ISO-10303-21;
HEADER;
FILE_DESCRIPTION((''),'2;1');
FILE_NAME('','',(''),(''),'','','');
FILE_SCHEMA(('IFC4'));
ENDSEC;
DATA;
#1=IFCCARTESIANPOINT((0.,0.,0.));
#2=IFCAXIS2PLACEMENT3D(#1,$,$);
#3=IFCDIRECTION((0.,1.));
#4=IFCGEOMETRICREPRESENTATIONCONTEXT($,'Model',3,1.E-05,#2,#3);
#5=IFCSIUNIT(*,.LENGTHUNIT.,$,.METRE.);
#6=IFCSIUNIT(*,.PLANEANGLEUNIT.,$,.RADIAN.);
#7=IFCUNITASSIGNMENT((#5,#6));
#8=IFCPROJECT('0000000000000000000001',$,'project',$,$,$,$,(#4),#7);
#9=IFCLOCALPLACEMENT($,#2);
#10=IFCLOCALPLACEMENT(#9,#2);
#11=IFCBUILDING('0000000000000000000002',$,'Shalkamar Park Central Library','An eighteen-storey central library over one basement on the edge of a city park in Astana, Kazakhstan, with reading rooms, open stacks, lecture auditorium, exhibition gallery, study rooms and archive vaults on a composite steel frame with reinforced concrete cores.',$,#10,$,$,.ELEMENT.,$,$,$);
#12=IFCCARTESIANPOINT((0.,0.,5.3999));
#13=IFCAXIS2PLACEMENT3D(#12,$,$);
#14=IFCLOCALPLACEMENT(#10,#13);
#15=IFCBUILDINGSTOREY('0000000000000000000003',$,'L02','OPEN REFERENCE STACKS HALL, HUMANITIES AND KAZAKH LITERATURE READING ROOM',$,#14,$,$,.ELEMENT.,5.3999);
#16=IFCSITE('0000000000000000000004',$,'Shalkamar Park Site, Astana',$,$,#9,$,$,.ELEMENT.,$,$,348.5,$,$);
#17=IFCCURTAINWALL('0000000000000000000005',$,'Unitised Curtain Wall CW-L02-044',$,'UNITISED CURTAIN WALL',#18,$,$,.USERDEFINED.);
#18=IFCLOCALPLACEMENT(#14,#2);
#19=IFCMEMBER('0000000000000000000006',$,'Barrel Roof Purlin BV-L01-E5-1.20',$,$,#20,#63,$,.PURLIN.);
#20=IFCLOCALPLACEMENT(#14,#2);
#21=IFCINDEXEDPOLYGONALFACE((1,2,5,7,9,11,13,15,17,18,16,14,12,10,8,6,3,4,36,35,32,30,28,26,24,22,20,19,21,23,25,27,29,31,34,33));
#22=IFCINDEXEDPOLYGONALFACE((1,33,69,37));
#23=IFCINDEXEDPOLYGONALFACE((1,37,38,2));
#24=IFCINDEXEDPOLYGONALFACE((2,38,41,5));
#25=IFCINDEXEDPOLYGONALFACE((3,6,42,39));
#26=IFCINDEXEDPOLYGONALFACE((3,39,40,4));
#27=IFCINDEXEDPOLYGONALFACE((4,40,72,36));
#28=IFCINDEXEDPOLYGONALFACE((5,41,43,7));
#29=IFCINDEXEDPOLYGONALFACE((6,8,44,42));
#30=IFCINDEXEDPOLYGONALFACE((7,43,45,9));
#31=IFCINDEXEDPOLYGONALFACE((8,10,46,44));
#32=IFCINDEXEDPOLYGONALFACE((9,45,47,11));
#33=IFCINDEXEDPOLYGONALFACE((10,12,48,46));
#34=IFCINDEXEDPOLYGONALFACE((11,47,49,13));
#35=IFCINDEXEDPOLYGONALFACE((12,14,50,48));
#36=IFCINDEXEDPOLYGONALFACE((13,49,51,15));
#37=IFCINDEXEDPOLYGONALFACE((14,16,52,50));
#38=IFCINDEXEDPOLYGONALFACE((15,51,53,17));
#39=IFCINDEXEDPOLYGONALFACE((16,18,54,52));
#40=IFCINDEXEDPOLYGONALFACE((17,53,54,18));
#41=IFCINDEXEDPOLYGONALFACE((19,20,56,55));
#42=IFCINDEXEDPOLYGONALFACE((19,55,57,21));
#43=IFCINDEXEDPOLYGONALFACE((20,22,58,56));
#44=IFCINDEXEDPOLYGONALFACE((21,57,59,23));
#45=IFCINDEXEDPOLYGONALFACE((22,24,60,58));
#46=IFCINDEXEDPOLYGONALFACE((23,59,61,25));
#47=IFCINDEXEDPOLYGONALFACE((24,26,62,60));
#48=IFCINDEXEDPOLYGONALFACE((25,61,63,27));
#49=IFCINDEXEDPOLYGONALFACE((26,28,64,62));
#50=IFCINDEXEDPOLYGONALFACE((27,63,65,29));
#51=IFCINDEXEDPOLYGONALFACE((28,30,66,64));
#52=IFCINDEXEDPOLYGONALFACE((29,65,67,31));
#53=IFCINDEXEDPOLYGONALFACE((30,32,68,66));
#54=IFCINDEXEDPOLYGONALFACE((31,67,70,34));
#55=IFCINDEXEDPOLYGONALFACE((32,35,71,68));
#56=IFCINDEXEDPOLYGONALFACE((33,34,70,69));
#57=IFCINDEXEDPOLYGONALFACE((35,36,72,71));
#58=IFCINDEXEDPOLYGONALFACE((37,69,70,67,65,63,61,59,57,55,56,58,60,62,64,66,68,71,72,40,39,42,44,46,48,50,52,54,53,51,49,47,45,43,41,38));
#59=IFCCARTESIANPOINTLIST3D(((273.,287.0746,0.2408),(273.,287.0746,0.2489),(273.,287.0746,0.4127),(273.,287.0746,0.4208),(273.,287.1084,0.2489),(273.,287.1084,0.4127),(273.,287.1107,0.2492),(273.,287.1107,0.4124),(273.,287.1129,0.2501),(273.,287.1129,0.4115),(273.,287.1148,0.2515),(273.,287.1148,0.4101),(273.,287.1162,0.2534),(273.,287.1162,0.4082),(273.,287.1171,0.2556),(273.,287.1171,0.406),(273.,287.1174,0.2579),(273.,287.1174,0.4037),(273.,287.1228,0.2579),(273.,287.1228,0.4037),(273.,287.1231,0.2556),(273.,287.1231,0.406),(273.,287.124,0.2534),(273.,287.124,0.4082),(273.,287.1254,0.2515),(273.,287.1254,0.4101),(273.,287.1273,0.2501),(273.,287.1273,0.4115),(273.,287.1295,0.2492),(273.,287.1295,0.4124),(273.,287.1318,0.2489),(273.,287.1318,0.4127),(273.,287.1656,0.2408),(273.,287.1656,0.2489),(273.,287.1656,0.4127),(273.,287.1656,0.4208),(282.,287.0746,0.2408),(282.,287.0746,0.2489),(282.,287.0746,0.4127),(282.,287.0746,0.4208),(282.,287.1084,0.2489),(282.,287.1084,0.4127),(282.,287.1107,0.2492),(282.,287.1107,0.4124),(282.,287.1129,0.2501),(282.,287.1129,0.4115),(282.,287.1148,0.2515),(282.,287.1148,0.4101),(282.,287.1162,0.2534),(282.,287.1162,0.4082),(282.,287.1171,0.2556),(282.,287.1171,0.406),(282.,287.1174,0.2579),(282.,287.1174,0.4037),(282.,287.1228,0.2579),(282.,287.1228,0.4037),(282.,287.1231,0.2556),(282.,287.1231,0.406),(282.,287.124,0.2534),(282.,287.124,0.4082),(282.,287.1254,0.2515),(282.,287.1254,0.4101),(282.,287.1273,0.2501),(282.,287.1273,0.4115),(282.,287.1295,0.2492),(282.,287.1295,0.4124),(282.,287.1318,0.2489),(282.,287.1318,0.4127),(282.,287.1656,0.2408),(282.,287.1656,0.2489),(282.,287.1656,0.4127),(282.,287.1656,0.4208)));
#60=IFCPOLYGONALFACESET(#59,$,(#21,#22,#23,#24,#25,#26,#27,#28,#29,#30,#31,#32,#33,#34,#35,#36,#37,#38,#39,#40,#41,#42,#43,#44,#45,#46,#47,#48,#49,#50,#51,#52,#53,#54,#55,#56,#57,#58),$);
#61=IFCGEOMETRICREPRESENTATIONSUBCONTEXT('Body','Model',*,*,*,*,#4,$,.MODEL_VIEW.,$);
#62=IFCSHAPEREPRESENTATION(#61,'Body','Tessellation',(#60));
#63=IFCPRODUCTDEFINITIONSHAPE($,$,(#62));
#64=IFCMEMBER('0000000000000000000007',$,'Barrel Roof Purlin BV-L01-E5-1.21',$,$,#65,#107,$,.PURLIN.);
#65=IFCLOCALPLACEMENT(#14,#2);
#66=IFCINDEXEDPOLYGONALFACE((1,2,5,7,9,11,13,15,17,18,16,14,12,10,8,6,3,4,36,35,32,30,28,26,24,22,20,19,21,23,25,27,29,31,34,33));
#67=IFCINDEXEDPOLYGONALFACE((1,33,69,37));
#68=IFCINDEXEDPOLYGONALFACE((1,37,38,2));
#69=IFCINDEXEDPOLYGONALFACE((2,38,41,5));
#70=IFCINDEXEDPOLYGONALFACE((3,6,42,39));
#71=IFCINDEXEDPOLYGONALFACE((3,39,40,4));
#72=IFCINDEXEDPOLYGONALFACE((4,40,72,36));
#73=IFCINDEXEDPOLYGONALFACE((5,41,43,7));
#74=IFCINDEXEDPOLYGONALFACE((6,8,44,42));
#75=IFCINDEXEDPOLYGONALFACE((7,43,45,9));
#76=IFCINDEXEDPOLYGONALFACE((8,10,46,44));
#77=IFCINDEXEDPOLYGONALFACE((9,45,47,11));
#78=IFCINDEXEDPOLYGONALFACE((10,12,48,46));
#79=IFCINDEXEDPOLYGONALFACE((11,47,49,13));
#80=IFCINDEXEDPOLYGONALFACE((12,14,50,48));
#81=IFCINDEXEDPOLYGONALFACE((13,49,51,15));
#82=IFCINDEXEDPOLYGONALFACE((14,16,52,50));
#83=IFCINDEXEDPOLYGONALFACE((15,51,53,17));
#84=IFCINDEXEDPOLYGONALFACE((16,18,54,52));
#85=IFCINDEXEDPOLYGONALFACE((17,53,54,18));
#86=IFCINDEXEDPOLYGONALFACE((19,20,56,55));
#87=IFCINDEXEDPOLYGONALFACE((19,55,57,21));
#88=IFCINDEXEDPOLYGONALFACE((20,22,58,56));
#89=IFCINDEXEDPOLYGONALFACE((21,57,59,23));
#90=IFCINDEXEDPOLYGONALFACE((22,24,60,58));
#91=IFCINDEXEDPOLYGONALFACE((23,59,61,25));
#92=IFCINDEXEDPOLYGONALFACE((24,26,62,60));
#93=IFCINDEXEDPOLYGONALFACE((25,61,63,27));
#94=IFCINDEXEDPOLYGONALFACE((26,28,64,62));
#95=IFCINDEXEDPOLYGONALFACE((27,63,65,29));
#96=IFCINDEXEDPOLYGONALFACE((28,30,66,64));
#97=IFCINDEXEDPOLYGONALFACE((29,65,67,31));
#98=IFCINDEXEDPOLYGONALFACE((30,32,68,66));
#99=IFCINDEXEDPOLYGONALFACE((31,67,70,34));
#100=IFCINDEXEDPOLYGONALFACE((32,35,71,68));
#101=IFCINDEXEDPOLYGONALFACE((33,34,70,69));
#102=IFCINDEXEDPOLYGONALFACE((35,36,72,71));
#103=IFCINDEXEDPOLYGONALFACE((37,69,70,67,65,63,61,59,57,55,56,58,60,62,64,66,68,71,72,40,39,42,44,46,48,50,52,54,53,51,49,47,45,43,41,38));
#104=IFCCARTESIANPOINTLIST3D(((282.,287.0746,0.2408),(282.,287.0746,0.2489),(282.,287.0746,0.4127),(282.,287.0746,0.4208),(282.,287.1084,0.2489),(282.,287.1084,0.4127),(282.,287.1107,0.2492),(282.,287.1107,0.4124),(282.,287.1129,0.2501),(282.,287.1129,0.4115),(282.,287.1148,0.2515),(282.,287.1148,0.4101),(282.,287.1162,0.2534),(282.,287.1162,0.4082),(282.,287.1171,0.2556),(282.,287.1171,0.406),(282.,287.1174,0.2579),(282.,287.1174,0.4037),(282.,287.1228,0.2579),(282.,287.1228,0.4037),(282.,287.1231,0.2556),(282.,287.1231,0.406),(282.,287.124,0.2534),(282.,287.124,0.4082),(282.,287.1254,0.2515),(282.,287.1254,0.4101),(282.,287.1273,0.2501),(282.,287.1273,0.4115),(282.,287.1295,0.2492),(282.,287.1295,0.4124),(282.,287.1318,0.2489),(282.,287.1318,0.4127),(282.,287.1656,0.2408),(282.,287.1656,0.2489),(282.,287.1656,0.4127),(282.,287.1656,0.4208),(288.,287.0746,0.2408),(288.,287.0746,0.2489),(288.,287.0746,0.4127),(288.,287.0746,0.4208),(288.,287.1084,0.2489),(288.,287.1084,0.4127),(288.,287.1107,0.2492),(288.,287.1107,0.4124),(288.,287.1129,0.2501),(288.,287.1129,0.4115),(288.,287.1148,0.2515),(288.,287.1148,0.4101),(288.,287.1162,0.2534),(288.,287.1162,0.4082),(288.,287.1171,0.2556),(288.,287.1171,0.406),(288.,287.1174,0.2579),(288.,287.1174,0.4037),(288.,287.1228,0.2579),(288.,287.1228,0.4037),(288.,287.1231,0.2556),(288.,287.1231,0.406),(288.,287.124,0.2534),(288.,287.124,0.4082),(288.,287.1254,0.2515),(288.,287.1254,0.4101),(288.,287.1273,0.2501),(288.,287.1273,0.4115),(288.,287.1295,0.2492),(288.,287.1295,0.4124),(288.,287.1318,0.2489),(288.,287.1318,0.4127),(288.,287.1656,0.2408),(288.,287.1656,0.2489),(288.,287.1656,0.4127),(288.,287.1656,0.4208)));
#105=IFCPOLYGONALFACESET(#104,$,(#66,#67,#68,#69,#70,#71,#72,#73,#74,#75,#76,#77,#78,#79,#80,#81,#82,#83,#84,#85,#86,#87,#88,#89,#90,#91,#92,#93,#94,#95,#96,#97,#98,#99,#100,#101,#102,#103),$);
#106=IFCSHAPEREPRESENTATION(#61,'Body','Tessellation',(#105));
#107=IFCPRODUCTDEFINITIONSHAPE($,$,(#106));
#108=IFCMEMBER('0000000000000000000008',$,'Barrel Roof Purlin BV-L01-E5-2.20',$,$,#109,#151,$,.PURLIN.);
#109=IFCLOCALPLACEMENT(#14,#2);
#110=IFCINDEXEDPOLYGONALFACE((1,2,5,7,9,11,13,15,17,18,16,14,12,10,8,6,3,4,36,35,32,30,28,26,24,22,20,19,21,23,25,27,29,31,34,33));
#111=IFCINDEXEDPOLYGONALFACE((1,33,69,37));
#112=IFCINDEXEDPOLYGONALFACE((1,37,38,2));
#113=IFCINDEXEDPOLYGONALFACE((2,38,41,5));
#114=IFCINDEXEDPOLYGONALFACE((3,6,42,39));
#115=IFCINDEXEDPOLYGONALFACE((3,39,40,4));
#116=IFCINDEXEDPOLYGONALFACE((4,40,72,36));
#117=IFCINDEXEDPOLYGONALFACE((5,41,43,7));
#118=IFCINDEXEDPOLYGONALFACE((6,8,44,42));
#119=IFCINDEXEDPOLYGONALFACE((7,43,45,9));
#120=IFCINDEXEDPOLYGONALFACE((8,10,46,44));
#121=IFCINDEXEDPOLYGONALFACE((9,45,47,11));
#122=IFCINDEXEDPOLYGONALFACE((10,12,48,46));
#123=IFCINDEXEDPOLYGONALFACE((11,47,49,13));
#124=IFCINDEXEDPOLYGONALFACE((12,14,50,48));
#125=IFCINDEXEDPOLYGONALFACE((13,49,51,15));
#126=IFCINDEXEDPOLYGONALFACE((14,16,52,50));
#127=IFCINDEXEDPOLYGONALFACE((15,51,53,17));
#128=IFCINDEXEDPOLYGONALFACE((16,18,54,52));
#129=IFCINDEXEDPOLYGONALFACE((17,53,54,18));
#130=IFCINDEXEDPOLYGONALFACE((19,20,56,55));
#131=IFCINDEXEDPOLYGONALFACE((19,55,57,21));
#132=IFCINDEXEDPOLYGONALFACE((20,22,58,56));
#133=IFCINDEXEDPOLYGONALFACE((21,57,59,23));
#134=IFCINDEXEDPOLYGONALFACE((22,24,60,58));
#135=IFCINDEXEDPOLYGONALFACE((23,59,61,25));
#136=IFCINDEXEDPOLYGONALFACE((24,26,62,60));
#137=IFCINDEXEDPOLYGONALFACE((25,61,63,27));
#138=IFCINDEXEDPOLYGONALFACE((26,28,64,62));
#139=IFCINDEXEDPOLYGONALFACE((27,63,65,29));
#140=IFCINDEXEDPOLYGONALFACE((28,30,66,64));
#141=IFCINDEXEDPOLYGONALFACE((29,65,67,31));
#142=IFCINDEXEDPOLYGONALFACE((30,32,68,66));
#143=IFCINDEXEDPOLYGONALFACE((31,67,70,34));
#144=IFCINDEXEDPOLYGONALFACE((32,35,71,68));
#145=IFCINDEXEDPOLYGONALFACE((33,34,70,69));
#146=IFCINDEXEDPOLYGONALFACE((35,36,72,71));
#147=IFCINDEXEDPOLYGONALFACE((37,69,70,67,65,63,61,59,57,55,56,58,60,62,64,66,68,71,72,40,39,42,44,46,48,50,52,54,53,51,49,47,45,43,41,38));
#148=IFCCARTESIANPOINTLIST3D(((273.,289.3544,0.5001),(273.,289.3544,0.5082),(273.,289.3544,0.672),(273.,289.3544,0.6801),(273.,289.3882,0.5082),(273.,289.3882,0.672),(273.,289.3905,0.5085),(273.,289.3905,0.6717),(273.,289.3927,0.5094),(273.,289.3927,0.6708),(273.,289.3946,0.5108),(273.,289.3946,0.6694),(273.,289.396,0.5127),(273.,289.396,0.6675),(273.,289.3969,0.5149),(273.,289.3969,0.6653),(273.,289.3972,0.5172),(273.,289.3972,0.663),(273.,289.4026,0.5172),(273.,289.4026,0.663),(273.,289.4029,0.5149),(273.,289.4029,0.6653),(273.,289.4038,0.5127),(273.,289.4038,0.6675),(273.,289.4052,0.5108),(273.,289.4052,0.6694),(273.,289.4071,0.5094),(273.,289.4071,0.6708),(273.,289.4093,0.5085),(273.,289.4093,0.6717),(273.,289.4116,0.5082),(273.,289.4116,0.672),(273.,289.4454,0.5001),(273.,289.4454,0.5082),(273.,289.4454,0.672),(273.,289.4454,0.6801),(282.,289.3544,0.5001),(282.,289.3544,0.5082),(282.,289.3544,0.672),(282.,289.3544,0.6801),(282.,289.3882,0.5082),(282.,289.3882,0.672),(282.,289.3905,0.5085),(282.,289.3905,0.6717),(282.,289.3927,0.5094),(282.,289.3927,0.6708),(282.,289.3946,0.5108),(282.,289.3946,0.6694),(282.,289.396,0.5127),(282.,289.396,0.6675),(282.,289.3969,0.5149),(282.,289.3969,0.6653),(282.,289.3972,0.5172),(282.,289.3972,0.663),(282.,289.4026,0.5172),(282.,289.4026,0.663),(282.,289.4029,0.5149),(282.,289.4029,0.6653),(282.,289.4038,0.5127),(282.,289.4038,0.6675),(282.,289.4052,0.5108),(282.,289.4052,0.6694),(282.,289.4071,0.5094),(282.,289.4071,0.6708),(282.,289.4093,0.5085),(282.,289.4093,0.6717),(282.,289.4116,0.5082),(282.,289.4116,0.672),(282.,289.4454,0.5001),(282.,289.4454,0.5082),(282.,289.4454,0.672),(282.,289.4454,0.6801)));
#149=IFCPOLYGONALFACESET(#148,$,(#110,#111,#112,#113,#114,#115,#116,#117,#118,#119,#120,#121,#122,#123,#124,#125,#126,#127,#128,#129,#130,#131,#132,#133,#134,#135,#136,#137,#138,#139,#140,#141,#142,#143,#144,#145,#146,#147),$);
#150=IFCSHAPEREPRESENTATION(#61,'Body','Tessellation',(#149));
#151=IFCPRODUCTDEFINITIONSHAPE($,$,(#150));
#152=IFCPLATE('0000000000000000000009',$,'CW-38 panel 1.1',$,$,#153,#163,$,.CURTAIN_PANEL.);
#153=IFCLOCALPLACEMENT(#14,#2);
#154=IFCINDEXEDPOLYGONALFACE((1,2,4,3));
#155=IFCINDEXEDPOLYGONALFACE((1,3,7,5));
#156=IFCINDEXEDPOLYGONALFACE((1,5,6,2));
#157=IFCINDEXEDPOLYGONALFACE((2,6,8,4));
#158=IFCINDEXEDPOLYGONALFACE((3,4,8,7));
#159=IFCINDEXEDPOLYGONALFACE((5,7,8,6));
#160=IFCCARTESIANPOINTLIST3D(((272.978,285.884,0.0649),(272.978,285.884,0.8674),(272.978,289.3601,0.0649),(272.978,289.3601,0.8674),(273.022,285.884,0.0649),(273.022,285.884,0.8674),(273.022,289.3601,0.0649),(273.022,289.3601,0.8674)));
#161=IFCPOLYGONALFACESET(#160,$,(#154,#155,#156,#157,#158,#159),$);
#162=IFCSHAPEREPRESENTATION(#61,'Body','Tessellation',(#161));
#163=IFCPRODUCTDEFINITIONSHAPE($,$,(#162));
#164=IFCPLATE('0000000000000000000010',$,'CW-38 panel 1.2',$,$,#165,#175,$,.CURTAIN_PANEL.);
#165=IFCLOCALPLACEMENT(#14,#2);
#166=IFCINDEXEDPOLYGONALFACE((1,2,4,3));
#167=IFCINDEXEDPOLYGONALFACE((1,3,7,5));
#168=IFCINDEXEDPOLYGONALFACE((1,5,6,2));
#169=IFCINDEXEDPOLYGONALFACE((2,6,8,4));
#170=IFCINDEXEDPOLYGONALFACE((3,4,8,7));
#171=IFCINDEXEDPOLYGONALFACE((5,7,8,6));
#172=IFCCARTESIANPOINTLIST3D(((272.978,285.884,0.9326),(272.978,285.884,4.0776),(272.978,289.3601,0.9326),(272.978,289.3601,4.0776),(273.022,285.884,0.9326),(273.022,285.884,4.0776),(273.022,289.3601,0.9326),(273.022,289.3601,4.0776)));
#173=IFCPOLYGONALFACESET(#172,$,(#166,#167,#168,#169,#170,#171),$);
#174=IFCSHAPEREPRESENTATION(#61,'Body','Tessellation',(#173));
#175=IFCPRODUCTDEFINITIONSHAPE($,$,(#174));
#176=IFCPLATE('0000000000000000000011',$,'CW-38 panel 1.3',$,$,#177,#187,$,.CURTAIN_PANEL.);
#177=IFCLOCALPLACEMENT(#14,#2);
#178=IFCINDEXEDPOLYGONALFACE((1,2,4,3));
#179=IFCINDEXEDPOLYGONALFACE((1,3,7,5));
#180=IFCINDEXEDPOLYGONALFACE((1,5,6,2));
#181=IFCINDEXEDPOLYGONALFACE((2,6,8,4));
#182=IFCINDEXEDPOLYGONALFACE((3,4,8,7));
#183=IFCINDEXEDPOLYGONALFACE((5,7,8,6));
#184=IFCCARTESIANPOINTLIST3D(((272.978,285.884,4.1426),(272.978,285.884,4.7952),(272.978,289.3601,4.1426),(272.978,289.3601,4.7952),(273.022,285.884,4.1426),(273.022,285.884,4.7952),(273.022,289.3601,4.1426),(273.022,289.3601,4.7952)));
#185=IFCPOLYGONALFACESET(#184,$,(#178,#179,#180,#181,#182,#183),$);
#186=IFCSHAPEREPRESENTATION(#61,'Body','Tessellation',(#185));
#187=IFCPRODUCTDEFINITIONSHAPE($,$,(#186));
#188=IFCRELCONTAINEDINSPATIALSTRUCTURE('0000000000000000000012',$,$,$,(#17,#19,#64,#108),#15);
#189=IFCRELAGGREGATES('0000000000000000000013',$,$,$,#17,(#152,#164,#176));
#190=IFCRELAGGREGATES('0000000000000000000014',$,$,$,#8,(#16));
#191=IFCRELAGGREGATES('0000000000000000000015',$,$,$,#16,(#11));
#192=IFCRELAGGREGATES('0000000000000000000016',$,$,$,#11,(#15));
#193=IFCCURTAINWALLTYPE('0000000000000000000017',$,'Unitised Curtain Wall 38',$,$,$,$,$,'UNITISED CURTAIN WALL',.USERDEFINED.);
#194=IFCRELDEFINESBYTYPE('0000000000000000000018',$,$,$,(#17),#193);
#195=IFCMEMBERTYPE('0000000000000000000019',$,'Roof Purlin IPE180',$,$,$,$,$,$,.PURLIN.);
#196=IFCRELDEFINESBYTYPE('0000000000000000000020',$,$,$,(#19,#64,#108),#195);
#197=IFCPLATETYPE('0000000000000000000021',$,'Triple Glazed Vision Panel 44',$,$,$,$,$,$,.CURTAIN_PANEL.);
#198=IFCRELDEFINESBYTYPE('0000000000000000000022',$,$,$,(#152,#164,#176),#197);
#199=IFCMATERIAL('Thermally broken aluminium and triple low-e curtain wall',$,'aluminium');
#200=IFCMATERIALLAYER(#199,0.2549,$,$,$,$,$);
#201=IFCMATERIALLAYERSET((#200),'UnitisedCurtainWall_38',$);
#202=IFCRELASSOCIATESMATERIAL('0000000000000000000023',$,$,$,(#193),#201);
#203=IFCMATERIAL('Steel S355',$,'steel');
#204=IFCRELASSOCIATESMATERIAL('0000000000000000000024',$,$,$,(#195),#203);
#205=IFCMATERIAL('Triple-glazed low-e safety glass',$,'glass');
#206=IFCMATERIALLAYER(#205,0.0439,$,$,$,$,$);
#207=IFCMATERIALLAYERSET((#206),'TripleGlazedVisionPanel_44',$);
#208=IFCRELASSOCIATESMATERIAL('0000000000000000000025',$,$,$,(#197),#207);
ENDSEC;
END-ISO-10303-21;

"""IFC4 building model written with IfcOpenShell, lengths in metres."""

from ifc_helpers import new_model, si_unit, direction, frame, origin, origin_2d, place, context, subcontext, project, spatial, rectangle, i_section, extrude, material, layer, layer_set, material_profile, profile_set, type_object, element, aggregate, save


model = new_model("IFC4")

# Units and contexts
model_context = context("Model", 3, precision=1e-05, world=origin(), true_north=direction((0.0, 1.0)))
body_context = subcontext(model_context, "Body", "Model", "MODEL_VIEW")
ifc_project = project(units=[si_unit("LENGTHUNIT", "METRE"), si_unit("PLANEANGLEUNIT", "RADIAN")], contexts=[model_context])

# Site, building, storey
site_placement = place(None, origin())
site = spatial("IfcSite", under=ifc_project, at=site_placement, Name="Shalkamar Park Site, Astana", CompositionType="ELEMENT", RefElevation=348.5)
building_placement = place(site_placement, origin())
building = spatial("IfcBuilding", under=site, at=building_placement, Name="Shalkamar Park Central Library", Description="An eighteen-storey central library over one basement on the edge of a city park in Astana, Kazakhstan, with reading rooms, open stacks, lecture auditorium, exhibition gallery, study rooms and archive vaults on a composite steel frame with reinforced concrete cores.", CompositionType="ELEMENT")
storey_placement = place(building_placement, frame((0.0, 0.0, 5.3999)))
storey = spatial("IfcBuildingStorey", under=building, at=storey_placement, Name="L02", Description="OPEN REFERENCE STACKS HALL, HUMANITIES AND KAZAKH LITERATURE READING ROOM", CompositionType="ELEMENT", Elevation=5.3999)

# Shared definitions
ifc_material_1 = material(Name="Steel S355", Category="steel")

# Shared definitions
ifc_material_2 = material(Name="Thermally broken aluminium and triple low-e curtain wall", Category="aluminium")

# Curtain wall
ifc_layer_1 = layer(ifc_material_2, 0.2549)
ifc_layer_set_1 = layer_set([ifc_layer_1], Name="UnitisedCurtainWall_38")
curtain_wall_type_1 = type_object("IfcCurtainWallType", Name="Unitised Curtain Wall 38", ElementType="UNITISED CURTAIN WALL", PredefinedType="USERDEFINED", material=ifc_layer_set_1)
curtain_wall_1_placement = place(storey_placement, origin())
curtain_wall_1 = element("IfcCurtainWall", 1, at=curtain_wall_1_placement, inside=storey, type_object=curtain_wall_type_1, Name="Unitised Curtain Wall CW-L02-044", ObjectType="UNITISED CURTAIN WALL", PredefinedType="USERDEFINED")

# Members
ifc_material_profile_1 = material_profile(ifc_material_1, i_section(OverallWidth=0.0911, OverallDepth=0.1799, WebThickness=0.0054, FlangeThickness=0.0081, FilletRadius=0.009, at=origin_2d()), Name="IPE 180")
ifc_profile_set_1 = profile_set([ifc_material_profile_1], Name="Steel S355")
member_type_1 = type_object("IfcMemberType", Name="Roof Purlin IPE180", PredefinedType="PURLIN", material=ifc_profile_set_1)
member_1_placement = place(storey_placement, frame((273.0, 287.1201, 0.3308), z_axis=(1.0, 0.0, 0.0), x_axis=(0.0, 1.0, 0.0)))
element("IfcMember", 2, at=member_1_placement, inside=storey, type_object=member_type_1, Name="Barrel Roof Purlin BV-L01-E5-1.20", PredefinedType="PURLIN", context=body_context, shape_type="SweptSolid", body=[
    extrude(i_section(OverallWidth=0.0911, OverallDepth=0.1799, WebThickness=0.0054, FlangeThickness=0.0081, FilletRadius=0.009, at=origin_2d()), origin(), (0.0, 0.0, 1.0), 9.0),
])
member_2_placement = place(storey_placement, frame((282.0, 287.1201, 0.3308), z_axis=(1.0, 0.0, 0.0), x_axis=(0.0, 1.0, 0.0)))
element("IfcMember", 3, at=member_2_placement, inside=storey, type_object=member_type_1, Name="Barrel Roof Purlin BV-L01-E5-1.21", PredefinedType="PURLIN", context=body_context, shape_type="SweptSolid", body=[
    extrude(i_section(OverallWidth=0.0911, OverallDepth=0.1799, WebThickness=0.0054, FlangeThickness=0.0081, FilletRadius=0.009, at=origin_2d()), origin(), (0.0, 0.0, 1.0), 6.0),
])
member_3_placement = place(storey_placement, frame((273.0, 289.3999, 0.5901), z_axis=(1.0, 0.0, 0.0), x_axis=(0.0, 1.0, 0.0)))
element("IfcMember", 4, at=member_3_placement, inside=storey, type_object=member_type_1, Name="Barrel Roof Purlin BV-L01-E5-2.20", PredefinedType="PURLIN", context=body_context, shape_type="SweptSolid", body=[
    extrude(i_section(OverallWidth=0.0911, OverallDepth=0.1799, WebThickness=0.0054, FlangeThickness=0.0081, FilletRadius=0.009, at=origin_2d()), origin(), (0.0, 0.0, 1.0), 9.0),
])

# Plates
ifc_material_3 = material(Name="Triple-glazed low-e safety glass", Category="glass")
ifc_layer_2 = layer(ifc_material_3, 0.0439)
ifc_layer_set_2 = layer_set([ifc_layer_2], Name="TripleGlazedVisionPanel_44")
plate_type = type_object("IfcPlateType", Name="Triple Glazed Vision Panel 44", PredefinedType="CURTAIN_PANEL", material=ifc_layer_set_2)
plate_1_placement = place(storey_placement, frame((273.0, 287.6221, 0.0649), z_axis=(0.0, 0.0, 1.0), x_axis=(0.0, 1.0, 0.0)))
plate_1 = element("IfcPlate", 5, at=plate_1_placement, type_object=plate_type, Name="CW-38 panel 1.1", PredefinedType="CURTAIN_PANEL", context=body_context, shape_type="SweptSolid", body=[
    extrude(rectangle(XDim=3.4761, YDim=0.0439, at=origin_2d()), origin(), (0.0, 0.0, 1.0), 0.8025),
])
plate_2_placement = place(storey_placement, frame((273.0, 287.6221, 0.9326), z_axis=(0.0, 0.0, 1.0), x_axis=(0.0, 1.0, 0.0)))
plate_2 = element("IfcPlate", 6, at=plate_2_placement, type_object=plate_type, Name="CW-38 panel 1.2", PredefinedType="CURTAIN_PANEL", context=body_context, shape_type="SweptSolid", body=[
    extrude(rectangle(XDim=3.4761, YDim=0.0439, at=origin_2d()), origin(), (0.0, 0.0, 1.0), 3.145),
])
plate_3_placement = place(storey_placement, frame((273.0, 287.6221, 4.1426), z_axis=(0.0, 0.0, 1.0), x_axis=(0.0, 1.0, 0.0)))
plate_3 = element("IfcPlate", 7, at=plate_3_placement, type_object=plate_type, Name="CW-38 panel 1.3", PredefinedType="CURTAIN_PANEL", context=body_context, shape_type="SweptSolid", body=[
    extrude(rectangle(XDim=3.4761, YDim=0.0439, at=origin_2d()), origin(), (0.0, 0.0, 1.0), 0.6526),
])
aggregate(curtain_wall_1, [plate_1, plate_2, plate_3])

save(model, "model.ifc")
